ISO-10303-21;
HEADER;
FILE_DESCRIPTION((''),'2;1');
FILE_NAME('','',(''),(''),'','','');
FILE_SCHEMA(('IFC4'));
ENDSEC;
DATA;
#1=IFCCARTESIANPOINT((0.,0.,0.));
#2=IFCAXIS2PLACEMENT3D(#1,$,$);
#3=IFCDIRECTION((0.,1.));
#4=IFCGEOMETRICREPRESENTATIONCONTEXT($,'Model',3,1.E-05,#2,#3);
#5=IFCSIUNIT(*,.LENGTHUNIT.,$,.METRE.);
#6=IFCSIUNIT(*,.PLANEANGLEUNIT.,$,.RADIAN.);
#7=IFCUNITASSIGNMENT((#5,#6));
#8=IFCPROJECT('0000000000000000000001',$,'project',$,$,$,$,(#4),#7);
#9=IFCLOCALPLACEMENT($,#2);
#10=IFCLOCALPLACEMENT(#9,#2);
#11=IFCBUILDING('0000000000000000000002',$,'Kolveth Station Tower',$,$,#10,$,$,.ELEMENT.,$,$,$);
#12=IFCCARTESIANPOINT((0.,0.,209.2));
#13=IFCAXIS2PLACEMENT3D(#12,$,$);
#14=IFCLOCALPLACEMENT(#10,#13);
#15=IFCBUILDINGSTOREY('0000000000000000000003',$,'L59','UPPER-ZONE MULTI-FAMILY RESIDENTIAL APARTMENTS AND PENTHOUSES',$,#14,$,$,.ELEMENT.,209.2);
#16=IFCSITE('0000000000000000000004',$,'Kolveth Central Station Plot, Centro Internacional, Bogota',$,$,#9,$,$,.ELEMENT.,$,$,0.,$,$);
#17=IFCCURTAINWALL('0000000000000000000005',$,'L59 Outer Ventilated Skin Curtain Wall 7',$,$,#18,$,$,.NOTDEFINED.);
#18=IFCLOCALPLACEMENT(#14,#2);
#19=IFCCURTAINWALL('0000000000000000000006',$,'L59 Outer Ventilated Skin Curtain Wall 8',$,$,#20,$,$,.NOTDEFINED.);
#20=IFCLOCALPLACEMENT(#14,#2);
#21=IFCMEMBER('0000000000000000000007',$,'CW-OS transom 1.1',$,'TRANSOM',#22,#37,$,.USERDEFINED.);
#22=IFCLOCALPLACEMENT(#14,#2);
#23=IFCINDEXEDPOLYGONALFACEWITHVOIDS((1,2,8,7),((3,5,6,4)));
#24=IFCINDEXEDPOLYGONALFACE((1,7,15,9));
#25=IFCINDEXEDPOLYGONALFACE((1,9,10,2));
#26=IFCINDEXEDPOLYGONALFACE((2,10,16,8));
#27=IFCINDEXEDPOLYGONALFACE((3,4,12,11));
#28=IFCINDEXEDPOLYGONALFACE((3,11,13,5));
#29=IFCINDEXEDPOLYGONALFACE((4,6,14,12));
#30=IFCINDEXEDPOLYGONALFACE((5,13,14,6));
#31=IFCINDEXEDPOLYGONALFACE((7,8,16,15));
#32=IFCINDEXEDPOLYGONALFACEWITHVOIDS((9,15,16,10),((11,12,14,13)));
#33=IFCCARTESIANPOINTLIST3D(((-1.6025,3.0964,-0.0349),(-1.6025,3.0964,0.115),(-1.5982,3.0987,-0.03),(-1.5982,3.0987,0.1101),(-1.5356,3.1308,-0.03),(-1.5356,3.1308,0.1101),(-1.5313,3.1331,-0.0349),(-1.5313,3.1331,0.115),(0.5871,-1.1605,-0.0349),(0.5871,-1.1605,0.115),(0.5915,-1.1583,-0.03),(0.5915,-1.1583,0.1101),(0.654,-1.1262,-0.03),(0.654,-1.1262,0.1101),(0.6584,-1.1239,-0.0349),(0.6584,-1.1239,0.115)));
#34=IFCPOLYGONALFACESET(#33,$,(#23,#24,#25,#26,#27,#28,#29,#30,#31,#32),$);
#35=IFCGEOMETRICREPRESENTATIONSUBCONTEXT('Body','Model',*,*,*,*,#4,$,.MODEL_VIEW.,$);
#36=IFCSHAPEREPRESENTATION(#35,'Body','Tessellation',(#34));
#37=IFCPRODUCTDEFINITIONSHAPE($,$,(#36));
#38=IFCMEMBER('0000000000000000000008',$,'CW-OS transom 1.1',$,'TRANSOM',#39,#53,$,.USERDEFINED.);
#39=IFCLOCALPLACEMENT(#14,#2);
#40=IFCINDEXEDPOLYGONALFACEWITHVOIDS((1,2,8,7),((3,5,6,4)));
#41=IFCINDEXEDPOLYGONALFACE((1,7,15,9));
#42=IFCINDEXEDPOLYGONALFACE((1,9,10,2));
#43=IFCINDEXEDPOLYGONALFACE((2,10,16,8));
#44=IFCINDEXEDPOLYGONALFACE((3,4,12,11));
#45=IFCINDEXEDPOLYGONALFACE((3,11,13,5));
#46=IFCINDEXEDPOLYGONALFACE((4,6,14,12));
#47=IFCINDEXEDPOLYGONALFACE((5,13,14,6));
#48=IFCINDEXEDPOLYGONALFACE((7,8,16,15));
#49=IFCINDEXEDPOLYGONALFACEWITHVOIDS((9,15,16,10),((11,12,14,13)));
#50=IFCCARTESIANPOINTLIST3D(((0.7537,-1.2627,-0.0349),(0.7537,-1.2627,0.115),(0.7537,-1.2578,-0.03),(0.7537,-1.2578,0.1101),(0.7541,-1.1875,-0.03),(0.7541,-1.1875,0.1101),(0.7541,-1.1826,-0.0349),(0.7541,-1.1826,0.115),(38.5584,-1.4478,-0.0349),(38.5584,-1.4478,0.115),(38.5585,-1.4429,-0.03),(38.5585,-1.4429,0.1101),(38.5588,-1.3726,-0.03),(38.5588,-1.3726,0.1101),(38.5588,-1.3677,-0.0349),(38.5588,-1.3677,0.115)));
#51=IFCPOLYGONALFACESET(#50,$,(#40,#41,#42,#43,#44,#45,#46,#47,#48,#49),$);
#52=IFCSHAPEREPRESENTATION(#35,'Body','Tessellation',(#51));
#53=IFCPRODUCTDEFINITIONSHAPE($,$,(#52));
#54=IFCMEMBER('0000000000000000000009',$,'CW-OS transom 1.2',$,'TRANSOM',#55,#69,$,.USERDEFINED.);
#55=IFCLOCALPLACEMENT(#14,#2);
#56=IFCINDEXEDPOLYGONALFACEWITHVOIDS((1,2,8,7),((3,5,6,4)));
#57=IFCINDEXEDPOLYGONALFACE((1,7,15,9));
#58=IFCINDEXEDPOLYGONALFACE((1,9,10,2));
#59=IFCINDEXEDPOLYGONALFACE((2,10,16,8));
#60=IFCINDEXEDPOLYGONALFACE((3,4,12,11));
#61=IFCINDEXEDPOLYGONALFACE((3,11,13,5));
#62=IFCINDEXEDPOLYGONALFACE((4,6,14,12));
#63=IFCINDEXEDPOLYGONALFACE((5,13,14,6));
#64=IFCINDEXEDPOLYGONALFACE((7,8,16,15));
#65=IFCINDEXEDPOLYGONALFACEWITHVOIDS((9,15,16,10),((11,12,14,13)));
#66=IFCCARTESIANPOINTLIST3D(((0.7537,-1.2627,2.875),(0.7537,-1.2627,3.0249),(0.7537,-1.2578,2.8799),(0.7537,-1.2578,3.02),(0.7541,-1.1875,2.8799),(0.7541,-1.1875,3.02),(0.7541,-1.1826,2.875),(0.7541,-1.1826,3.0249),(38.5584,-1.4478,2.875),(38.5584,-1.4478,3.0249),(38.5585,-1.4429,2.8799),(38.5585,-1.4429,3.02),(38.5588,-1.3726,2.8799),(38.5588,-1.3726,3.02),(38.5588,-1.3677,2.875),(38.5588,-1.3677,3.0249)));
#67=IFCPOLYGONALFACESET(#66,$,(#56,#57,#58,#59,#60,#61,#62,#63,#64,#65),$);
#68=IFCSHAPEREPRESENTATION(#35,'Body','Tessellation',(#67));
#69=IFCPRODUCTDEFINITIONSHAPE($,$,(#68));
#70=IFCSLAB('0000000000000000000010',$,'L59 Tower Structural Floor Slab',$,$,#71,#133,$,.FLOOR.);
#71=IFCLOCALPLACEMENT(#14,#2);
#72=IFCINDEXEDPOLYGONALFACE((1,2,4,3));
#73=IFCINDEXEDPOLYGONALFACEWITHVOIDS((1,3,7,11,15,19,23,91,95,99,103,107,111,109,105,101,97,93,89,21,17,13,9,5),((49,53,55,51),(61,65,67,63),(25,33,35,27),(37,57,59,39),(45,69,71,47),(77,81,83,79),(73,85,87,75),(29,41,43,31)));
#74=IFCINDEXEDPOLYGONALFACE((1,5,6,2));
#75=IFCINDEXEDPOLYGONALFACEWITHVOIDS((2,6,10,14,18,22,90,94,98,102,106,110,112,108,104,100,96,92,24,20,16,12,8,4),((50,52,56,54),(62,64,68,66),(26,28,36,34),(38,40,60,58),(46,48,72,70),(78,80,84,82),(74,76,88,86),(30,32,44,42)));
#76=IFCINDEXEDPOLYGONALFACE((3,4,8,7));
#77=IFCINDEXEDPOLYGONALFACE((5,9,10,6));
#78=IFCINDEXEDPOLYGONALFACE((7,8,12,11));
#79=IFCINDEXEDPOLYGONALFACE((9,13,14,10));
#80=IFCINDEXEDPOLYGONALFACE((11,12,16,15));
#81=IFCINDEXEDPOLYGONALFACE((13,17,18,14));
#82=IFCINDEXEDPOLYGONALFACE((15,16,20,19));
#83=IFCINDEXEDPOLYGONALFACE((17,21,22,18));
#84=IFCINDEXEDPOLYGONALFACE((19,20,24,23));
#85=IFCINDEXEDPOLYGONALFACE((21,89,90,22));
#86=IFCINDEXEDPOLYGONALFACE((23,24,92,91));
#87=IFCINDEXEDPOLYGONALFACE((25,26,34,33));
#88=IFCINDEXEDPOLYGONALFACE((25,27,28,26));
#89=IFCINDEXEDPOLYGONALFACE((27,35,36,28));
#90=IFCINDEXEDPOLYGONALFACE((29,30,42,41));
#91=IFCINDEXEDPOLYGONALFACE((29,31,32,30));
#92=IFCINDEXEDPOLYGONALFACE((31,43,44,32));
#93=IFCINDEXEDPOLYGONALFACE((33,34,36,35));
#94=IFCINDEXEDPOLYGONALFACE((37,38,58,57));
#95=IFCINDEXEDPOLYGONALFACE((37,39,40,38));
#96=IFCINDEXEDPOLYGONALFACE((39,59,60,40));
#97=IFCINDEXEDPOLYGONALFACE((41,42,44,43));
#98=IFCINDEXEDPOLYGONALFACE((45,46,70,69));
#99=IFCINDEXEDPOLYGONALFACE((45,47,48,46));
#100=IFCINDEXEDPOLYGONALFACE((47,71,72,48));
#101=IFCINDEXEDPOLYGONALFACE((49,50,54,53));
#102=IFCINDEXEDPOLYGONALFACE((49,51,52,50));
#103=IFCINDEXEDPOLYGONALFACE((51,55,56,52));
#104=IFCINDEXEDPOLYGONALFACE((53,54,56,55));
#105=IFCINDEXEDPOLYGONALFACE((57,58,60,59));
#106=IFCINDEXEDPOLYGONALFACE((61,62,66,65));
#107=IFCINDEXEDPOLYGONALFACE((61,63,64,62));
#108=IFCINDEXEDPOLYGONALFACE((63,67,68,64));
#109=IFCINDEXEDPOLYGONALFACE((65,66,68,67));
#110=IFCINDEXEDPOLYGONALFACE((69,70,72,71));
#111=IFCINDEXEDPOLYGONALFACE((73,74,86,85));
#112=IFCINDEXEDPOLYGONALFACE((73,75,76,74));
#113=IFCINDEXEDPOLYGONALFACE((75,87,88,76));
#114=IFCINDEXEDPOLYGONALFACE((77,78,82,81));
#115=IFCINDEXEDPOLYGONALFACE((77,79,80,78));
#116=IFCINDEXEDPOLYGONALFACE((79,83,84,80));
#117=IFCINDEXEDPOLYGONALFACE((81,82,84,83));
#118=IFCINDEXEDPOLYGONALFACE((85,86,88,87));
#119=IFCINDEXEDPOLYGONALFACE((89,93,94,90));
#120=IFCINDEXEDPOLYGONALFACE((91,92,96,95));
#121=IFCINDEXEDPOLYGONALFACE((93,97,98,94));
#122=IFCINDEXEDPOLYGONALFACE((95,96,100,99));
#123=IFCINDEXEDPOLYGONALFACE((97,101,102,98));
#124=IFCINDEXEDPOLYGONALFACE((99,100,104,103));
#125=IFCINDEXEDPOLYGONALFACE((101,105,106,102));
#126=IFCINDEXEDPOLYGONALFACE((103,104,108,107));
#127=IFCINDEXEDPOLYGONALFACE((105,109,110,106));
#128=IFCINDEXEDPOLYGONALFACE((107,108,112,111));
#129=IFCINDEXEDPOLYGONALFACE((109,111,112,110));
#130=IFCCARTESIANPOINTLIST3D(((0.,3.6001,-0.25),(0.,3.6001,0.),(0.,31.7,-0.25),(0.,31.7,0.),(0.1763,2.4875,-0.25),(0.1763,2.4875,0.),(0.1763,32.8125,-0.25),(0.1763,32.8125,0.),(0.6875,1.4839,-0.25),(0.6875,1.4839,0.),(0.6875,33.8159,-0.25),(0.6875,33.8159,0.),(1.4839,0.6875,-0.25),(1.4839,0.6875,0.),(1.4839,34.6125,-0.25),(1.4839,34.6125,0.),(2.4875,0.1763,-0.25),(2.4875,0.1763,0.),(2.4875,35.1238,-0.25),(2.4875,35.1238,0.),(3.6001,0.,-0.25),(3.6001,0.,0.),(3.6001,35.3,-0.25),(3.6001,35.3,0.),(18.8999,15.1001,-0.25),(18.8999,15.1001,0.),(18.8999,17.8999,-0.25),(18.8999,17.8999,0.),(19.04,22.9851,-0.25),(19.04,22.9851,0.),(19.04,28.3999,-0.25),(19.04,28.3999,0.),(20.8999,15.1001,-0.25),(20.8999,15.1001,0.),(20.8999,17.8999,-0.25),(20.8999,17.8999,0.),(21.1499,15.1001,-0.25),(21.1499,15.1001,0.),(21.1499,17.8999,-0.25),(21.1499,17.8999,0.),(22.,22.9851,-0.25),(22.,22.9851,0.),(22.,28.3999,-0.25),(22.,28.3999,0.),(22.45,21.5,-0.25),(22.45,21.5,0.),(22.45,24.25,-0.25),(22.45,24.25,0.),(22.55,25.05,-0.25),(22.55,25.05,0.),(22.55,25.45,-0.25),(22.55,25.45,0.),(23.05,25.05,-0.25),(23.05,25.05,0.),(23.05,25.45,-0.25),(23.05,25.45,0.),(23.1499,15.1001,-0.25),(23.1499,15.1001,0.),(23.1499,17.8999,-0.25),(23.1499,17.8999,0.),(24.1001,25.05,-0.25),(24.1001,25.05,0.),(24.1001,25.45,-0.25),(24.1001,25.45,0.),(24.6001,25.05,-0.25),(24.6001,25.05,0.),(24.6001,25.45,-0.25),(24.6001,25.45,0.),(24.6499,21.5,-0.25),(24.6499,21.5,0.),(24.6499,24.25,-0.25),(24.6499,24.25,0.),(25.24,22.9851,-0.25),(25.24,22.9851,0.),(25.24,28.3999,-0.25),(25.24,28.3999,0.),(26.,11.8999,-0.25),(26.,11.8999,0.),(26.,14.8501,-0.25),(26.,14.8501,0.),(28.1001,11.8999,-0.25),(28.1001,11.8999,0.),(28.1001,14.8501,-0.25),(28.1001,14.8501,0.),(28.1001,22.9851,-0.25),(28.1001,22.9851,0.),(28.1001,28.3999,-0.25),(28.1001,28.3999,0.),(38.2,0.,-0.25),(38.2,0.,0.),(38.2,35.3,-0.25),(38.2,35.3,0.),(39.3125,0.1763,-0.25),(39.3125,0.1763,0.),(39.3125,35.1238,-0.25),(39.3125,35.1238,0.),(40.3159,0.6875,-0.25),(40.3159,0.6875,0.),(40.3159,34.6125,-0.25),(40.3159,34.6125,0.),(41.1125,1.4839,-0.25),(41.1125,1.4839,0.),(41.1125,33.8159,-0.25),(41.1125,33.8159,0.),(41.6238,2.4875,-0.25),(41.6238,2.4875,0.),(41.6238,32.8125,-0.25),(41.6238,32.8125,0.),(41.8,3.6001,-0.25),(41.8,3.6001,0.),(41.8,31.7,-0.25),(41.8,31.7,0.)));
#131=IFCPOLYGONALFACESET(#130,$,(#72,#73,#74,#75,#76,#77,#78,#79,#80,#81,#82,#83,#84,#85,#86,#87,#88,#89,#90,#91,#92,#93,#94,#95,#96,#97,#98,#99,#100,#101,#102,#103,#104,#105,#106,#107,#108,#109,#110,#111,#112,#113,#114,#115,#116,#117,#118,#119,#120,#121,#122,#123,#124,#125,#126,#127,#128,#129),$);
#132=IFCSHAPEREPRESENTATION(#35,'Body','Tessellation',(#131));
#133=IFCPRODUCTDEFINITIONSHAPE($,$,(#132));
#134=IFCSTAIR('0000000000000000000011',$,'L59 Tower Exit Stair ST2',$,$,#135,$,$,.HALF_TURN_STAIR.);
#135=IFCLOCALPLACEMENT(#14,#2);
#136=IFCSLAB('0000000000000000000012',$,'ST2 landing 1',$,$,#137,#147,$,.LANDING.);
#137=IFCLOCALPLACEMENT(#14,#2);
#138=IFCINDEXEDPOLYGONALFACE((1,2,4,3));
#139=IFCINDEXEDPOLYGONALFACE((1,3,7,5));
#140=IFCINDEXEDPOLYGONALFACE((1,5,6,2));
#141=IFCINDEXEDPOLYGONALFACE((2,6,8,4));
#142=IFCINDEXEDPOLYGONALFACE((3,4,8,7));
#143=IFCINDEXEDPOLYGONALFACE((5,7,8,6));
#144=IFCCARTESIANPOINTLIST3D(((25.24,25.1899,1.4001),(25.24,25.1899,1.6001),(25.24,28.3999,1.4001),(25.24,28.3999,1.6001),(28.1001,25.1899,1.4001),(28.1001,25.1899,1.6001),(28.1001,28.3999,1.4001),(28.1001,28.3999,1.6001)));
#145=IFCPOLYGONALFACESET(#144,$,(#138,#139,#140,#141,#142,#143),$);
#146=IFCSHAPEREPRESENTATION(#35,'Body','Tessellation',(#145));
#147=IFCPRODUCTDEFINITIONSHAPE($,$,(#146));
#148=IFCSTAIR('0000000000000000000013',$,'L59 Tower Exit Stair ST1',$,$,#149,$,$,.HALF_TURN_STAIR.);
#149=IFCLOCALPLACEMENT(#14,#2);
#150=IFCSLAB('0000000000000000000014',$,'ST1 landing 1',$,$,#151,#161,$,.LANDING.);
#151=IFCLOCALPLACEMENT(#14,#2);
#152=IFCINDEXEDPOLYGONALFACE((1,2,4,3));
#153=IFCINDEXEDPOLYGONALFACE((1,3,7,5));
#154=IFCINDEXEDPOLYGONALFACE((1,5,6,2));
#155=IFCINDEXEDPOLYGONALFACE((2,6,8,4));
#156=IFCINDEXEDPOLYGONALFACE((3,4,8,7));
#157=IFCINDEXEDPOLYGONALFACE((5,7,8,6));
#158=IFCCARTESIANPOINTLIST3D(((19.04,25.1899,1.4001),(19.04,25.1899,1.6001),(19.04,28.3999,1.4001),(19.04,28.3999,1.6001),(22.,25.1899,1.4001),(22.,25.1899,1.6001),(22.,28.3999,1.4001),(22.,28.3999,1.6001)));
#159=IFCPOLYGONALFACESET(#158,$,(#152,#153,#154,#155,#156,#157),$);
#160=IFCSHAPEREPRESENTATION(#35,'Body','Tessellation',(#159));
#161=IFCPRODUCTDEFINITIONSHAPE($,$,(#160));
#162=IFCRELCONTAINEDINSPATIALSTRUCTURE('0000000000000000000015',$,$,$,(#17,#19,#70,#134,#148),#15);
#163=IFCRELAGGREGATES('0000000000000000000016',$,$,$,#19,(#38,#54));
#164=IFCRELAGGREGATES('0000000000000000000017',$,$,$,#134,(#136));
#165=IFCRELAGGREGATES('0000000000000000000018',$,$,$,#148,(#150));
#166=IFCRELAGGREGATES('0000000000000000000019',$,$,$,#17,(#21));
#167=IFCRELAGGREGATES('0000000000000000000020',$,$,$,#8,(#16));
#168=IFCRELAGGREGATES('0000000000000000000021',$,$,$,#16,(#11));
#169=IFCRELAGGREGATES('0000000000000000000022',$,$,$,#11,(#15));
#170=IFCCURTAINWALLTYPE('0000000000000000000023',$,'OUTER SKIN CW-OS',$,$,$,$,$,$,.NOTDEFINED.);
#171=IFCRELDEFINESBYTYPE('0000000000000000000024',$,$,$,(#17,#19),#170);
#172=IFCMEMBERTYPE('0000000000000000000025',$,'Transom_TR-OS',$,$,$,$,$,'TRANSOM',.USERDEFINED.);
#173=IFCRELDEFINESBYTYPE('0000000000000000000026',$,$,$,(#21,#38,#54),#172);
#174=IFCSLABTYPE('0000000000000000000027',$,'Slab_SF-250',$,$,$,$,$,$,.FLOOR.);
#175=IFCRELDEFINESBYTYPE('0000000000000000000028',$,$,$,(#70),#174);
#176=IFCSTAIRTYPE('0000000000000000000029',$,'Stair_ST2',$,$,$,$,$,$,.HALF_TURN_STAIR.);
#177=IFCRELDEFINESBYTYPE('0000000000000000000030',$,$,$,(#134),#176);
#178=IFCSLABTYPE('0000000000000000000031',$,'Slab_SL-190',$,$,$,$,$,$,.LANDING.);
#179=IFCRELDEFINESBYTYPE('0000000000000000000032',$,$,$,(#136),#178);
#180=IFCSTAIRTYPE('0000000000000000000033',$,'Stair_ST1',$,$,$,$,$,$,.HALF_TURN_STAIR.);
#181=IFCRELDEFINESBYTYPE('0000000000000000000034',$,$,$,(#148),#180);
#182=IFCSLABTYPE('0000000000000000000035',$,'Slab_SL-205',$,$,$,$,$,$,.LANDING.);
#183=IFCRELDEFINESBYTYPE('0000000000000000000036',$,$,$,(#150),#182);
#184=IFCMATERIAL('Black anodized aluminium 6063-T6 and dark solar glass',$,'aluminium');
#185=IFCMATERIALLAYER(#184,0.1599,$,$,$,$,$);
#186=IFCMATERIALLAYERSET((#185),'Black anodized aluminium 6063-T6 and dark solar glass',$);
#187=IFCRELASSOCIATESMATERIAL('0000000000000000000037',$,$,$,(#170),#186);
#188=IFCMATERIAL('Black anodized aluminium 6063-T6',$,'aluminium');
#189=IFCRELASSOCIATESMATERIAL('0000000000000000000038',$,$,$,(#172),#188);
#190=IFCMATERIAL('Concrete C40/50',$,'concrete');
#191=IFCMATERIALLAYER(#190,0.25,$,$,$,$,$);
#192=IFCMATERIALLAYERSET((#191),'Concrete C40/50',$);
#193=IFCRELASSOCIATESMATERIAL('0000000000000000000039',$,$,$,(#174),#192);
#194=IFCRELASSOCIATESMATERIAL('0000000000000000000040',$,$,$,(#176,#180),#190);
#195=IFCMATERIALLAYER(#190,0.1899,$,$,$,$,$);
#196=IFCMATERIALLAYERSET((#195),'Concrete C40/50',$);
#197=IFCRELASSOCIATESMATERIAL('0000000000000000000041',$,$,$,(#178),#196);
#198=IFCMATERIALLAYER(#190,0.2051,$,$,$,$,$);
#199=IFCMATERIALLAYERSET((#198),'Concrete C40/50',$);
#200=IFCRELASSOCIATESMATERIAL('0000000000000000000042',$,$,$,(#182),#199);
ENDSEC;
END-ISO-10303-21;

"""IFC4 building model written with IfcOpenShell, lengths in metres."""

from ifc_helpers import new_model, si_unit, direction, frame, origin, origin_2d, place, context, subcontext, project, spatial, polyline, hollow_rectangle, outline, extrude, source, transform, mapped, material, layer, layer_set, material_profile, profile_set, type_object, element, aggregate, save


model = new_model("IFC4")

# Units and contexts
model_context = context("Model", 3, precision=1e-05, world=origin(), true_north=direction((0.0, 1.0)))
body_context = subcontext(model_context, "Body", "Model", "MODEL_VIEW")
ifc_project = project(units=[si_unit("LENGTHUNIT", "METRE"), si_unit("PLANEANGLEUNIT", "RADIAN")], contexts=[model_context])

# Site, building, storey
site_placement = place(None, origin())
site = spatial("IfcSite", under=ifc_project, at=site_placement, Name="Kolveth Central Station Plot, Centro Internacional, Bogota", CompositionType="ELEMENT", RefElevation=0.0)
building_placement = place(site_placement, origin())
building = spatial("IfcBuilding", under=site, at=building_placement, Name="Kolveth Station Tower", CompositionType="ELEMENT")
storey_placement = place(building_placement, frame((0.0, 0.0, 209.2)))
storey = spatial("IfcBuildingStorey", under=building, at=storey_placement, Name="L59", Description="UPPER-ZONE MULTI-FAMILY RESIDENTIAL APARTMENTS AND PENTHOUSES", CompositionType="ELEMENT", Elevation=209.2)

# Shared definitions
ifc_material_1 = material(Name="Black anodized aluminium 6063-T6", Category="aluminium")

# Curtain walls
ifc_material_2 = material(Name="Black anodized aluminium 6063-T6 and dark solar glass", Category="aluminium")
ifc_layer_1 = layer(ifc_material_2, 0.1599)
ifc_layer_set_1 = layer_set([ifc_layer_1], Name="Black anodized aluminium 6063-T6 and dark solar glass")
curtain_wall_type_1 = type_object("IfcCurtainWallType", Name="OUTER SKIN CW-OS", PredefinedType="NOTDEFINED", material=ifc_layer_set_1)
curtain_wall_1_placement = place(storey_placement, origin())
curtain_wall_1 = element("IfcCurtainWall", 1, at=curtain_wall_1_placement, inside=storey, type_object=curtain_wall_type_1, Name="L59 Outer Ventilated Skin Curtain Wall 7", PredefinedType="NOTDEFINED")
curtain_wall_2_placement = place(storey_placement, origin())
curtain_wall_2 = element("IfcCurtainWall", 2, at=curtain_wall_2_placement, inside=storey, type_object=curtain_wall_type_1, Name="L59 Outer Ventilated Skin Curtain Wall 8", PredefinedType="NOTDEFINED")

# Members
ifc_material_profile_1 = material_profile(ifc_material_1, hollow_rectangle(XDim=0.0801, YDim=0.1499, WallThickness=0.0049, at=origin_2d()), Name="ALU-80x150x5")
ifc_profile_set_1 = profile_set([ifc_material_profile_1], Name="Black anodized aluminium 6063-T6")
member_type_1 = type_object("IfcMemberType", Name="Transom_TR-OS", ElementType="TRANSOM", PredefinedType="USERDEFINED", material=ifc_profile_set_1)
shared_shape_1 = source(origin(), body_context, "Body", "SweptSolid", [
    extrude(hollow_rectangle(XDim=0.0801, YDim=0.1499, WallThickness=0.0049, at=origin_2d()), origin(), (0.0, 0.0, 1.0), 4.7871),
])
member_1_placement = place(storey_placement, frame((-1.5669, 3.1147, 0.04), z_axis=(0.457404, -0.889259, 0.0), x_axis=(0.889259, 0.457404, 0.0)))
member_1 = element("IfcMember", 3, at=member_1_placement, type_object=member_type_1, Name="CW-OS transom 1.1", ObjectType="TRANSOM", PredefinedType="USERDEFINED", context=body_context, shape_type="MappedRepresentation", body=[
    mapped(shared_shape_1, transform((0.0, 0.0, 0.0), x_axis=(1.0, 0.0, 0.0), y_axis=(0.0, 1.0, 0.0), z_axis=(0.0, 0.0, 1.0), scale=1.0)),
])
shared_shape_2 = source(origin(), body_context, "Body", "SweptSolid", [
    extrude(hollow_rectangle(XDim=0.0801, YDim=0.1499, WallThickness=0.0049, at=origin_2d()), origin(), (0.0, 0.0, 1.0), 37.8052),
])
member_2_placement = place(storey_placement, frame((0.7539, -1.2227, 0.04), z_axis=(0.999988, -0.004895, 0.0), x_axis=(0.004895, 0.999988, 0.0)))
member_2 = element("IfcMember", 4, at=member_2_placement, type_object=member_type_1, Name="CW-OS transom 1.1", ObjectType="TRANSOM", PredefinedType="USERDEFINED", context=body_context, shape_type="MappedRepresentation", body=[
    mapped(shared_shape_2, transform((0.0, 0.0, 0.0), x_axis=(1.0, 0.0, 0.0), y_axis=(0.0, 1.0, 0.0), z_axis=(0.0, 0.0, 1.0), scale=1.0)),
])
member_3_placement = place(storey_placement, frame((0.7539, -1.2227, 2.95), z_axis=(0.999988, -0.004895, 0.0), x_axis=(0.004895, 0.999988, 0.0)))
member_3 = element("IfcMember", 5, at=member_3_placement, type_object=member_type_1, Name="CW-OS transom 1.2", ObjectType="TRANSOM", PredefinedType="USERDEFINED", context=body_context, shape_type="MappedRepresentation", body=[
    mapped(shared_shape_2, transform((0.0, 0.0, 0.0), x_axis=(1.0, 0.0, 0.0), y_axis=(0.0, 1.0, 0.0), z_axis=(0.0, 0.0, 1.0), scale=1.0)),
])
aggregate(curtain_wall_2, [member_2, member_3])

# Slab
ifc_material_3 = material(Name="Concrete C40/50", Category="concrete")
ifc_layer_2 = layer(ifc_material_3, 0.25)
ifc_layer_set_2 = layer_set([ifc_layer_2], Name="Concrete C40/50")
slab_type_1 = type_object("IfcSlabType", Name="Slab_SF-250", PredefinedType="FLOOR", material=ifc_layer_set_2)
slab_1_placement = place(storey_placement, frame((0.0, 0.0, -0.25)))
element("IfcSlab", 6, at=slab_1_placement, inside=storey, type_object=slab_type_1, Name="L59 Tower Structural Floor Slab", PredefinedType="FLOOR", context=body_context, shape_type="SweptSolid", body=[
    extrude(outline(polyline([(38.2, 0.0), (39.3125, 0.1763), (40.3159, 0.6875), (41.1125, 1.4839), (41.6238, 2.4875), (41.8, 3.6001), (41.8, 31.7), (41.6238, 32.8125), (41.1125, 33.8159), (40.3159, 34.6125), (39.3125, 35.1238), (38.2, 35.3), (3.6001, 35.3), (2.4875, 35.1238), (1.4839, 34.6125), (0.6875, 33.8159), (0.1763, 32.8125), (0.0, 31.7), (0.0, 3.6001), (0.1763, 2.4875), (0.6875, 1.4839), (1.4839, 0.6875), (2.4875, 0.1763), (3.6001, 0.0), (38.2, 0.0)]), holes=[polyline([(19.04, 22.9851), (22.0, 22.9851), (22.0, 28.3999), (19.04, 28.3999), (19.04, 22.9851)]), polyline([(25.24, 22.9851), (28.1001, 22.9851), (28.1001, 28.3999), (25.24, 28.3999), (25.24, 22.9851)]), polyline([(18.8999, 15.1001), (20.8999, 15.1001), (20.8999, 17.8999), (18.8999, 17.8999), (18.8999, 15.1001)]), polyline([(21.1499, 15.1001), (23.1499, 15.1001), (23.1499, 17.8999), (21.1499, 17.8999), (21.1499, 15.1001)]), polyline([(22.45, 21.5), (24.6499, 21.5), (24.6499, 24.25), (22.45, 24.25), (22.45, 21.5)]), polyline([(26.0, 11.8999), (28.1001, 11.8999), (28.1001, 14.8501), (26.0, 14.8501), (26.0, 11.8999)]), polyline([(22.55, 25.05), (23.05, 25.05), (23.05, 25.45), (22.55, 25.45), (22.55, 25.05)]), polyline([(24.1001, 25.05), (24.6001, 25.05), (24.6001, 25.45), (24.1001, 25.45), (24.1001, 25.05)])]), origin(), (0.0, 0.0, 1.0), 0.25),
])

# Stairs, slabs
stair_type_1 = type_object("IfcStairType", Name="Stair_ST2", PredefinedType="HALF_TURN_STAIR", material=ifc_material_3)
stair_1_placement = place(storey_placement, origin())
stair_1 = element("IfcStair", 7, at=stair_1_placement, inside=storey, type_object=stair_type_1, Name="L59 Tower Exit Stair ST2", PredefinedType="HALF_TURN_STAIR")
ifc_layer_3 = layer(ifc_material_3, 0.1899)
ifc_layer_set_3 = layer_set([ifc_layer_3], Name="Concrete C40/50")
slab_type_2 = type_object("IfcSlabType", Name="Slab_SL-190", PredefinedType="LANDING", material=ifc_layer_set_3)
slab_2_placement = place(storey_placement, frame((0.0, 0.0, 1.4001)))
slab_2 = element("IfcSlab", 8, at=slab_2_placement, type_object=slab_type_2, Name="ST2 landing 1", PredefinedType="LANDING", context=body_context, shape_type="SweptSolid", body=[
    extrude(outline(polyline([(28.1001, 25.1899), (28.1001, 28.3999), (25.24, 28.3999), (25.24, 25.1899), (28.1001, 25.1899)])), origin(), (0.0, 0.0, 1.0), 0.2),
])
aggregate(stair_1, [slab_2])
stair_type_2 = type_object("IfcStairType", Name="Stair_ST1", PredefinedType="HALF_TURN_STAIR", material=ifc_material_3)
stair_2_placement = place(storey_placement, origin())
stair_2 = element("IfcStair", 9, at=stair_2_placement, inside=storey, type_object=stair_type_2, Name="L59 Tower Exit Stair ST1", PredefinedType="HALF_TURN_STAIR")
ifc_layer_4 = layer(ifc_material_3, 0.2051)
ifc_layer_set_4 = layer_set([ifc_layer_4], Name="Concrete C40/50")
slab_type_3 = type_object("IfcSlabType", Name="Slab_SL-205", PredefinedType="LANDING", material=ifc_layer_set_4)
slab_3_placement = place(storey_placement, frame((0.0, 0.0, 1.4001)))
slab_3 = element("IfcSlab", 10, at=slab_3_placement, type_object=slab_type_3, Name="ST1 landing 1", PredefinedType="LANDING", context=body_context, shape_type="SweptSolid", body=[
    extrude(outline(polyline([(22.0, 25.1899), (22.0, 28.3999), (19.04, 28.3999), (19.04, 25.1899), (22.0, 25.1899)])), origin(), (0.0, 0.0, 1.0), 0.2),
])
aggregate(stair_2, [slab_3])

aggregate(curtain_wall_1, [member_1])

save(model, "model.ifc")
